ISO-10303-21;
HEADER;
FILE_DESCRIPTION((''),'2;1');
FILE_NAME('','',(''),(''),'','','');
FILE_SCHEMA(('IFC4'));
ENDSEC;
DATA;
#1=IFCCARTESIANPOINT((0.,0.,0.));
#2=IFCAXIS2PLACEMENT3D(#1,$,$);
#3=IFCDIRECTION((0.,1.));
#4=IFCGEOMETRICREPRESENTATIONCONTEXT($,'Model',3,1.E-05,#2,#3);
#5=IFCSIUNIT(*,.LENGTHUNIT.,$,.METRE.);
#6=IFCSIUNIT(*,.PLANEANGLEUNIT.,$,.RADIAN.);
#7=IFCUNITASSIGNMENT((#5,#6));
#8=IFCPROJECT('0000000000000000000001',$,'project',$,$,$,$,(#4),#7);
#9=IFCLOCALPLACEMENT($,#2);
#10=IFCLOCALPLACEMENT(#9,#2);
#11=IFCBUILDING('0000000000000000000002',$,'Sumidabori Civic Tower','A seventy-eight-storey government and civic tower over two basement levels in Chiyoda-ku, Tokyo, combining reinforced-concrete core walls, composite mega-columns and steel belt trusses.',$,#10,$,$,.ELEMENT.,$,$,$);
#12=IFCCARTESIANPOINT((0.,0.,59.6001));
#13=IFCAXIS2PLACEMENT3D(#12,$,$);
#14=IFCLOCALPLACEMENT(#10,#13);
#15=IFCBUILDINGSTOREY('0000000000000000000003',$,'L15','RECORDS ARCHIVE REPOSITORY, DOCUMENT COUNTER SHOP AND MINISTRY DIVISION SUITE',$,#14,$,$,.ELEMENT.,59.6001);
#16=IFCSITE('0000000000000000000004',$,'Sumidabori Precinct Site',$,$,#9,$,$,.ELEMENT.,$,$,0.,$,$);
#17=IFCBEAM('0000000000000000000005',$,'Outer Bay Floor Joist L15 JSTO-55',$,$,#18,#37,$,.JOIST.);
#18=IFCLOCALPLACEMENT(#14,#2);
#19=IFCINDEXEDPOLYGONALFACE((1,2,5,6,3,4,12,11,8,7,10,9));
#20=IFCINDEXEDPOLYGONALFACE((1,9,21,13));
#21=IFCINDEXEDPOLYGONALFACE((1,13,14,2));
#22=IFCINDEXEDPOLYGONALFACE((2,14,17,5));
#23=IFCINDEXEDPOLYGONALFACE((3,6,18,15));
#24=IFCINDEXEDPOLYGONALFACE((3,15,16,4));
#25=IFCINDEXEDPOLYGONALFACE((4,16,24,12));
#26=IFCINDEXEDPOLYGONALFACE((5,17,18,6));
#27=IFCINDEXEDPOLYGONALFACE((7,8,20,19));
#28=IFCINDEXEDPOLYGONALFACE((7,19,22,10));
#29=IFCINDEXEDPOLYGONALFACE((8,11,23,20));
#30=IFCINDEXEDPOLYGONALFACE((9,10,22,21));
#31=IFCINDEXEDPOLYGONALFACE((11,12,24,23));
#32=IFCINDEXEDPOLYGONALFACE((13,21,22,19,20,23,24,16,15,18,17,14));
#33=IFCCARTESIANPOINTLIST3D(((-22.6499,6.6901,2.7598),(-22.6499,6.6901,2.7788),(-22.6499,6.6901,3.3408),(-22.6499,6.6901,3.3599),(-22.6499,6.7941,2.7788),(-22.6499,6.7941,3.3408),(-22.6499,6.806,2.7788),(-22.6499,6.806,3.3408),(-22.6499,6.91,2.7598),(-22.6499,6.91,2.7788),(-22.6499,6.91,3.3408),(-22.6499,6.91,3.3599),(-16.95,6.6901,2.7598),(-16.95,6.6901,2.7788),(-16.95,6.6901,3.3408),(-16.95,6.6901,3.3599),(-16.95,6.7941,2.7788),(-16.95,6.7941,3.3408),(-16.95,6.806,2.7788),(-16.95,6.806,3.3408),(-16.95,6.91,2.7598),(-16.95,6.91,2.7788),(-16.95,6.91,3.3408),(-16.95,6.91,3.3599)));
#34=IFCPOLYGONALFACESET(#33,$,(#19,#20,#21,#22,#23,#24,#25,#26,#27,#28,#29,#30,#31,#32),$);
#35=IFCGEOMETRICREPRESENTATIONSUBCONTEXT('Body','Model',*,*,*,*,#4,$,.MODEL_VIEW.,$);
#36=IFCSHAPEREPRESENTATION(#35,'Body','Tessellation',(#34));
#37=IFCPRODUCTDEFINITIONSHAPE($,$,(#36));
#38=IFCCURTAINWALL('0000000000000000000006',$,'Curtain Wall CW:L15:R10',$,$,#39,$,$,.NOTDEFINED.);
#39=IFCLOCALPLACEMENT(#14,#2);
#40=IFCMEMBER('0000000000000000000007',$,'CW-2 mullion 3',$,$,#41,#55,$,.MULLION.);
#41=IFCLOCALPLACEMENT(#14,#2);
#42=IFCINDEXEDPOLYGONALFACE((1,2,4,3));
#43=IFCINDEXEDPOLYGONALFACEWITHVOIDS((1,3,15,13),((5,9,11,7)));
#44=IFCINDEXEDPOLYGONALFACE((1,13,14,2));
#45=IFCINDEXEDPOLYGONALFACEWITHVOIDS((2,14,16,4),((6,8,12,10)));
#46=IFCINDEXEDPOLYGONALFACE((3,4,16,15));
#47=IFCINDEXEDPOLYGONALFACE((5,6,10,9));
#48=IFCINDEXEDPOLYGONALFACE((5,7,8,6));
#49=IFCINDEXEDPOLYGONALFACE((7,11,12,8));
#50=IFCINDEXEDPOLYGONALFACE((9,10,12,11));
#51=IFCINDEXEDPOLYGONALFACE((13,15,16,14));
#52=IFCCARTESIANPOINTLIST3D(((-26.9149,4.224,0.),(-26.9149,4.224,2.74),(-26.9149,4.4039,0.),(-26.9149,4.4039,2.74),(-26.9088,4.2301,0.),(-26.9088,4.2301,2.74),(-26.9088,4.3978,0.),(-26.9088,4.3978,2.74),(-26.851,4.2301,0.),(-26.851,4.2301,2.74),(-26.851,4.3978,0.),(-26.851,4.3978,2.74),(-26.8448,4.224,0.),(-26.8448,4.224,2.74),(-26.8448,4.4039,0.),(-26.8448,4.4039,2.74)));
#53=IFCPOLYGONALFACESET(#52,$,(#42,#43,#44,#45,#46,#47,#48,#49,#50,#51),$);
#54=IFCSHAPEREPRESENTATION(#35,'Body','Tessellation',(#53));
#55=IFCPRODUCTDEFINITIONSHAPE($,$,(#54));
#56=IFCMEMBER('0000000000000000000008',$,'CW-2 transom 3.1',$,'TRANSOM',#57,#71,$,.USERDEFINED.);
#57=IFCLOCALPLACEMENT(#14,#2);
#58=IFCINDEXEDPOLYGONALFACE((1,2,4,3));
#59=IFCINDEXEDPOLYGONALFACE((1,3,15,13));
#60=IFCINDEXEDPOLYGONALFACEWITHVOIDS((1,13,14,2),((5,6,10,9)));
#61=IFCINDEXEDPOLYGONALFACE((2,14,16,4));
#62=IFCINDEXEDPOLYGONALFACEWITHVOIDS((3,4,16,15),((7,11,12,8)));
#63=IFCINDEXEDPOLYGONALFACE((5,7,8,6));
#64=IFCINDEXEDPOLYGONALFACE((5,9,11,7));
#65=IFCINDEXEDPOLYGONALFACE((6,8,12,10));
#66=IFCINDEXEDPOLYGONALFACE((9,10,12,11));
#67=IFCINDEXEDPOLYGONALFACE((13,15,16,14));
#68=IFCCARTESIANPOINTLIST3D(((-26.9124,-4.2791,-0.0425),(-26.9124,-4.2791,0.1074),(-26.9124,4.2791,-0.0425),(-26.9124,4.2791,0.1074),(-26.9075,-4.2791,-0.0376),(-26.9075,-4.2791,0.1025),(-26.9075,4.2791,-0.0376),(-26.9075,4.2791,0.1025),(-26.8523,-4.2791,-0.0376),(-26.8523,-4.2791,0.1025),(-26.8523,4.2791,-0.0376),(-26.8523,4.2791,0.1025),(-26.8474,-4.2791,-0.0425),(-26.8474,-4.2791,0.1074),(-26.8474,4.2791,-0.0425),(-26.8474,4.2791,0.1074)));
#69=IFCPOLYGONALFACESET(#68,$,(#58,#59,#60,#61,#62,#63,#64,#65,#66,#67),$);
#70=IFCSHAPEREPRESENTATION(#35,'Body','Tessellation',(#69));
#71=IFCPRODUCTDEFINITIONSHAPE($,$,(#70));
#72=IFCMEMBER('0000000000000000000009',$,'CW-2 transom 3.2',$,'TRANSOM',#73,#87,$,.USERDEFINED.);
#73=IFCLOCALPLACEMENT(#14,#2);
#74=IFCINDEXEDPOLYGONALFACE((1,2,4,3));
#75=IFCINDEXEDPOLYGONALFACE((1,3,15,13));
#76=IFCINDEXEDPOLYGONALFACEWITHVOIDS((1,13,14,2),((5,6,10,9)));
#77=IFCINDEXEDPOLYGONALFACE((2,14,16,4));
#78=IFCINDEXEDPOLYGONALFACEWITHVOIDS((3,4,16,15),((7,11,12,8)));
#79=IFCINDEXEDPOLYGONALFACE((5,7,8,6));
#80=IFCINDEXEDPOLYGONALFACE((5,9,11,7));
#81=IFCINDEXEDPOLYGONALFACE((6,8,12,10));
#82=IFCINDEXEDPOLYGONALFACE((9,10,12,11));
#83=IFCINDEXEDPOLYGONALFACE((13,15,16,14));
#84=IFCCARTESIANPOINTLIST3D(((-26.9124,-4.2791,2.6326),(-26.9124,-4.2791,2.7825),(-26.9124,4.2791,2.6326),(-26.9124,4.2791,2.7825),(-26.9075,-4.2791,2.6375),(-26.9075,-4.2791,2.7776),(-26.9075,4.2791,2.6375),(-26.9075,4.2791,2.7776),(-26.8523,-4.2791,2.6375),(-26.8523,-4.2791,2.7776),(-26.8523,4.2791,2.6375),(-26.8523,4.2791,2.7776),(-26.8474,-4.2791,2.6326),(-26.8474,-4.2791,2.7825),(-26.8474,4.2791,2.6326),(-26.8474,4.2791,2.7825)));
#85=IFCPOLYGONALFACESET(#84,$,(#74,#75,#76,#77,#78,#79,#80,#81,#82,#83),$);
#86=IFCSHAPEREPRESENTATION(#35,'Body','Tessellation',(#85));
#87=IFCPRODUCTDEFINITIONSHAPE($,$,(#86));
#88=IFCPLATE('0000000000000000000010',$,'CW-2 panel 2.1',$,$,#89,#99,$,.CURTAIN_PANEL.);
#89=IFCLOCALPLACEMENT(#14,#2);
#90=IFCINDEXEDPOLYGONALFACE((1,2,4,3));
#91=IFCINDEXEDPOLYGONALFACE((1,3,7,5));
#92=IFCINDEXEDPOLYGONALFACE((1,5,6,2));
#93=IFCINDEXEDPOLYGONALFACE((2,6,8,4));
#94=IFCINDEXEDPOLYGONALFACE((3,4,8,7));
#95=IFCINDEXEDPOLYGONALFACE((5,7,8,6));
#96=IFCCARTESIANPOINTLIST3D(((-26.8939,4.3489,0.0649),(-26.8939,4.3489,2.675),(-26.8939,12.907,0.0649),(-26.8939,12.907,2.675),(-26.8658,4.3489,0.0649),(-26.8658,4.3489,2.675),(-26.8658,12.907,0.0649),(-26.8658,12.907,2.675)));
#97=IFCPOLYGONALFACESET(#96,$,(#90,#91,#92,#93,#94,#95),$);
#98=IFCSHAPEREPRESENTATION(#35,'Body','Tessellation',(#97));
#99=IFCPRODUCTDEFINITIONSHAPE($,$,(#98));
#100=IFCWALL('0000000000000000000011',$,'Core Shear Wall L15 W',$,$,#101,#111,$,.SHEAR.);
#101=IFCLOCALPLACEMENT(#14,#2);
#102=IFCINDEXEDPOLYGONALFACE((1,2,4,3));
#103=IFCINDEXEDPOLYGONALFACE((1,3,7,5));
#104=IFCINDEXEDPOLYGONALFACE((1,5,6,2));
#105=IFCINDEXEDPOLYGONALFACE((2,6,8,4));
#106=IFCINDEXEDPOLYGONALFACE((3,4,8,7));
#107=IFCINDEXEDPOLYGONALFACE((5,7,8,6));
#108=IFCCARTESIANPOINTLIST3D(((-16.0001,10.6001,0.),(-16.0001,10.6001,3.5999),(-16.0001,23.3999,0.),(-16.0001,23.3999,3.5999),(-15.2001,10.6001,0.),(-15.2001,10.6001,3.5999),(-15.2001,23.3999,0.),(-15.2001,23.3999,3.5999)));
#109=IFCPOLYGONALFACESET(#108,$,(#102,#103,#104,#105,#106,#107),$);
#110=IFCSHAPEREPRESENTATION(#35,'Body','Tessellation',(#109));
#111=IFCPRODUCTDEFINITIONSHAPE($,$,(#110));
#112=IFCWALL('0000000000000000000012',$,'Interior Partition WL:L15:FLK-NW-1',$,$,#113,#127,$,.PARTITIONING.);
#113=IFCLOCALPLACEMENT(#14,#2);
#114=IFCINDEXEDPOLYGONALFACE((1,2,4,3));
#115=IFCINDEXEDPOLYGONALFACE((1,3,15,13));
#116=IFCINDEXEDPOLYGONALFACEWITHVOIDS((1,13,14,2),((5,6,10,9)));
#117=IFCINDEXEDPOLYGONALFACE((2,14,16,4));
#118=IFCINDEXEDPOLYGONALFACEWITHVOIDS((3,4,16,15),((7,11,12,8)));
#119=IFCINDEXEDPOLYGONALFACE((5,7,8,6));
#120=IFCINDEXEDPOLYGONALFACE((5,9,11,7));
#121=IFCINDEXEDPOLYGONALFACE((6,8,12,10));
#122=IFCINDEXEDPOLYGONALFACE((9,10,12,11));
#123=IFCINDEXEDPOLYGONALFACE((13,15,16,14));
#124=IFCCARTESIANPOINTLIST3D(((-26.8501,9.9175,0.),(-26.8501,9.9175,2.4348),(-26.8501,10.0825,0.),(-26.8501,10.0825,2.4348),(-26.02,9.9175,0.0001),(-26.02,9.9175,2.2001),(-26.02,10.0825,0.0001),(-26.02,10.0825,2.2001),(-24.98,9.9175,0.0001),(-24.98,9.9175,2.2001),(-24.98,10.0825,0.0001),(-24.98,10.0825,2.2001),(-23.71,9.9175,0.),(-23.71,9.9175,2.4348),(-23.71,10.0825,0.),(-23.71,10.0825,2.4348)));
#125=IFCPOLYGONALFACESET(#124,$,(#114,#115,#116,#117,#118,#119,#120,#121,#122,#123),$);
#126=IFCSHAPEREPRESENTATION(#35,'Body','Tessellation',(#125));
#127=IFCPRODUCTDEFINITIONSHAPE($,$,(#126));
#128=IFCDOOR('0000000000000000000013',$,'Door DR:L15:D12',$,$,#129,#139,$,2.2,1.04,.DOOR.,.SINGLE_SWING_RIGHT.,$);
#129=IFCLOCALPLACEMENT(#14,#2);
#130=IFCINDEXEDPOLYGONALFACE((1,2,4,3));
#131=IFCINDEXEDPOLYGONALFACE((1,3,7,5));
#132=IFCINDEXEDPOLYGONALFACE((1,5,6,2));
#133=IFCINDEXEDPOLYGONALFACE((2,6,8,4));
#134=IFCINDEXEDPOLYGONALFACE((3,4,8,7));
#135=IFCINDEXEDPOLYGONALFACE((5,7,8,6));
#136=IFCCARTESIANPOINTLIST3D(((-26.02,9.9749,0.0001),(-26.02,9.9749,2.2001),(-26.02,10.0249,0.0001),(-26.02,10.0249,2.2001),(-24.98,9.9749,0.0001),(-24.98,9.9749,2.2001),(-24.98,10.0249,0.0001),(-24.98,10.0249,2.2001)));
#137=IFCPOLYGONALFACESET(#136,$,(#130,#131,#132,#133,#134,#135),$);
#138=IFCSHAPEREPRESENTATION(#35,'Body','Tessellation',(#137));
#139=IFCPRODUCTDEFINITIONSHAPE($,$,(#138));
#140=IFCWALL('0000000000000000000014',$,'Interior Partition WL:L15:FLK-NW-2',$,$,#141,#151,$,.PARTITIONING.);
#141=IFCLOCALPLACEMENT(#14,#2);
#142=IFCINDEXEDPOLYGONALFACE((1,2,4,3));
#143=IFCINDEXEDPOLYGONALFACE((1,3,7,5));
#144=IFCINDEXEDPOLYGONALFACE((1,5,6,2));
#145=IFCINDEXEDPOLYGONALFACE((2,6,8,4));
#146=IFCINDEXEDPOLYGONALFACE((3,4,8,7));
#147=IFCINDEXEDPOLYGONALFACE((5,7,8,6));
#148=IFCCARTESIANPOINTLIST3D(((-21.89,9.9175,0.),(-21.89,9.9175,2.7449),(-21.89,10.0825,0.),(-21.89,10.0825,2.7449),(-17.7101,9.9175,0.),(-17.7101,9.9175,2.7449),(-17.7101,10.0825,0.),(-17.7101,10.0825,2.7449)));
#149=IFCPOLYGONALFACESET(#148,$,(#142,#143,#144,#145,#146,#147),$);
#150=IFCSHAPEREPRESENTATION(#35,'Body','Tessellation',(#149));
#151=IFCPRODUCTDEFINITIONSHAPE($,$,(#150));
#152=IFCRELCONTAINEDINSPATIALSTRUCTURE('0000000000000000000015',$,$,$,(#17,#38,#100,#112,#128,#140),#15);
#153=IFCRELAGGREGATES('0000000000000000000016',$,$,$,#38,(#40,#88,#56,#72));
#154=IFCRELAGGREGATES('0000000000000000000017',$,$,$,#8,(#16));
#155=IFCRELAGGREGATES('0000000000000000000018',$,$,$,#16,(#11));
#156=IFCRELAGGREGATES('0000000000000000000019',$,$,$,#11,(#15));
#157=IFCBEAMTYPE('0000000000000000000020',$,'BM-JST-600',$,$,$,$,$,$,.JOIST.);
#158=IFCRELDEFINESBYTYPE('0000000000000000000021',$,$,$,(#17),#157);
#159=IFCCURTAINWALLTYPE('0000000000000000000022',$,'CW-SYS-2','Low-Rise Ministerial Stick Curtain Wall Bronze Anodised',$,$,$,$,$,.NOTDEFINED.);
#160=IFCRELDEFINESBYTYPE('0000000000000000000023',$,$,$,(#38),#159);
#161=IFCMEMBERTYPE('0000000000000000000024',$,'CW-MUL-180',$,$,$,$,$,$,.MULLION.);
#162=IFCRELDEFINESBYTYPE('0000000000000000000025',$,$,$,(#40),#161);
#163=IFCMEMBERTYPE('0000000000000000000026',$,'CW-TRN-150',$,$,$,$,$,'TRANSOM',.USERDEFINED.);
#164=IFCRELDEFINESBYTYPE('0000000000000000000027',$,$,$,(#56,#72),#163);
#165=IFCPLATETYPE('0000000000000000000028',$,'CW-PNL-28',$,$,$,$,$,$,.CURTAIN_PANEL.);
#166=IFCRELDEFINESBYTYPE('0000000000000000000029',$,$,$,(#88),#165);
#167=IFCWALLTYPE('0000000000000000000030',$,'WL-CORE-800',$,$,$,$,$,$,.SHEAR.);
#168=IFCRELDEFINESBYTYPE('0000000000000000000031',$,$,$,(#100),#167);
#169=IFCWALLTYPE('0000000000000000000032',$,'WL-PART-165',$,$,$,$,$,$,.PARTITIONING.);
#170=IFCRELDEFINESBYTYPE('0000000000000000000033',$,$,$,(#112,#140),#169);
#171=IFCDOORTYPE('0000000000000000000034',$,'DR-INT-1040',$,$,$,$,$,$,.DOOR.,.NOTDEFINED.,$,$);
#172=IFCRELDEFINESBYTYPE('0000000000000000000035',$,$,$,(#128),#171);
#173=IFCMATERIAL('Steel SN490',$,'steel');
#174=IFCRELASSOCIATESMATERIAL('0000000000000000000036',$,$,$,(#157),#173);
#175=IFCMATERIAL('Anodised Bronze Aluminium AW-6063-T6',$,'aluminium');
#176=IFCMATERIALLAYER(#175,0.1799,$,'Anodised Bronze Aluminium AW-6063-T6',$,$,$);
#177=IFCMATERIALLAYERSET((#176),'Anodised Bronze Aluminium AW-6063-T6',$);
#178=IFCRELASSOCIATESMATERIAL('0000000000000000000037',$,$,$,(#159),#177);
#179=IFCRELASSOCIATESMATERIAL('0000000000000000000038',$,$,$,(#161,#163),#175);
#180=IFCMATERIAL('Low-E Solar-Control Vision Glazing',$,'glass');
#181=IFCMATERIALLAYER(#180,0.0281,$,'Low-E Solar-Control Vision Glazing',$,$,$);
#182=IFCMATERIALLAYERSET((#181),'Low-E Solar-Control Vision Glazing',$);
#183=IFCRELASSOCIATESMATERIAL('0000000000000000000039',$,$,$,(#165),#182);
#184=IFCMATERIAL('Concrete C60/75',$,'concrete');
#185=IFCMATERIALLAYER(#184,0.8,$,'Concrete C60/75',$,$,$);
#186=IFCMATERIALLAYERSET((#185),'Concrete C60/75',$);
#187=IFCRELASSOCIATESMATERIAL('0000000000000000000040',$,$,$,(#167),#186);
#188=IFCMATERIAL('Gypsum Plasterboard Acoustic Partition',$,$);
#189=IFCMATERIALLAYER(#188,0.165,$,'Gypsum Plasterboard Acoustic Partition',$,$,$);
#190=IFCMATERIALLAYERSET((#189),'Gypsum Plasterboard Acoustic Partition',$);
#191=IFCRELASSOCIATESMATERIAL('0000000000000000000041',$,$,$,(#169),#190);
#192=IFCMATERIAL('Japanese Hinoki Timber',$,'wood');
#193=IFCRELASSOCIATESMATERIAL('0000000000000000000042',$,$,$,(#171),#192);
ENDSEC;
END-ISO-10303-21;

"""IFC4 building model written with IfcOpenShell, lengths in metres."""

from ifc_helpers import new_model, si_unit, direction, frame, frame_2d, origin, origin_2d, place, context, subcontext, project, spatial, rectangle, hollow_rectangle, i_section, extrude, source, transform, mapped, material, layer, layer_set, material_profile, profile_set, type_object, element, fill, aggregate, save


model = new_model("IFC4")

# Units and contexts
model_context = context("Model", 3, precision=1e-05, world=origin(), true_north=direction((0.0, 1.0)))
body_context = subcontext(model_context, "Body", "Model", "MODEL_VIEW")
ifc_project = project(units=[si_unit("LENGTHUNIT", "METRE"), si_unit("PLANEANGLEUNIT", "RADIAN")], contexts=[model_context])

# Site, building, storey
site_placement = place(None, origin())
site = spatial("IfcSite", under=ifc_project, at=site_placement, Name="Sumidabori Precinct Site", CompositionType="ELEMENT", RefElevation=0.0)
building_placement = place(site_placement, origin())
building = spatial("IfcBuilding", under=site, at=building_placement, Name="Sumidabori Civic Tower", Description="A seventy-eight-storey government and civic tower over two basement levels in Chiyoda-ku, Tokyo, combining reinforced-concrete core walls, composite mega-columns and steel belt trusses.", CompositionType="ELEMENT")
storey_placement = place(building_placement, frame((0.0, 0.0, 59.6001)))
storey = spatial("IfcBuildingStorey", under=building, at=storey_placement, Name="L15", Description="RECORDS ARCHIVE REPOSITORY, DOCUMENT COUNTER SHOP AND MINISTRY DIVISION SUITE", CompositionType="ELEMENT", Elevation=59.6001)

# Shared definitions
ifc_material_1 = material(Name="Concrete C60/75", Category="concrete")

# Beam
ifc_material_2 = material(Name="Steel SN490", Category="steel")
ifc_material_profile_1 = material_profile(ifc_material_2, i_section(OverallWidth=0.22, OverallDepth=0.6001, WebThickness=0.012, FlangeThickness=0.019, at=origin_2d()), Name="IPE 600")
ifc_profile_set_1 = profile_set([ifc_material_profile_1], Name="Steel SN490")
beam_type_1 = type_object("IfcBeamType", Name="BM-JST-600", PredefinedType="JOIST", material=ifc_profile_set_1)
shared_shape_1 = source(origin(), body_context, "Body", "SweptSolid", [
    extrude(i_section(OverallWidth=0.22, OverallDepth=0.6001, WebThickness=0.012, FlangeThickness=0.019, at=origin_2d()), origin(), (0.0, 0.0, 1.0), 5.7),
])
for number, where, z_axis, x_axis, name in (
    (1, (-22.6499, 6.8, 3.0598), (1.0, 0.0, 0.0), (0.0, 1.0, 0.0), "Outer Bay Floor Joist L15 JSTO-55"),
):
    element("IfcBeam", number, at=place(storey_placement, frame(where, z_axis=z_axis, x_axis=x_axis)), inside=storey, type_object=beam_type_1, Name=name, PredefinedType="JOIST", context=body_context, shape_type="MappedRepresentation", body=[
        mapped(shared_shape_1, transform((0.0, 0.0, 0.0), x_axis=(1.0, 0.0, 0.0), y_axis=(0.0, 1.0, 0.0), z_axis=(0.0, 0.0, 1.0), scale=1.0)),
    ])

# Curtain wall, members, plate
ifc_material_3 = material(Name="Anodised Bronze Aluminium AW-6063-T6", Category="aluminium")
ifc_layer_1 = layer(ifc_material_3, 0.1799, Name="Anodised Bronze Aluminium AW-6063-T6")
ifc_layer_set_1 = layer_set([ifc_layer_1], Name="Anodised Bronze Aluminium AW-6063-T6")
curtain_wall_type = type_object("IfcCurtainWallType", Name="CW-SYS-2", Description="Low-Rise Ministerial Stick Curtain Wall Bronze Anodised", PredefinedType="NOTDEFINED", material=ifc_layer_set_1)
curtain_wall_placement = place(storey_placement, origin())
curtain_wall = element("IfcCurtainWall", 2, at=curtain_wall_placement, inside=storey, type_object=curtain_wall_type, Name="Curtain Wall CW:L15:R10", PredefinedType="NOTDEFINED")
ifc_material_profile_2 = material_profile(ifc_material_3, hollow_rectangle(XDim=0.0701, YDim=0.1799, WallThickness=0.0061, at=origin_2d()), Name="ALU MULLION 180x70")
ifc_profile_set_2 = profile_set([ifc_material_profile_2], Name="Anodised Bronze Aluminium AW-6063-T6")
member_type_1 = type_object("IfcMemberType", Name="CW-MUL-180", PredefinedType="MULLION", material=ifc_profile_set_2)
shared_shape_2 = source(origin(), body_context, "Body", "SweptSolid", [
    extrude(hollow_rectangle(XDim=0.0701, YDim=0.1799, WallThickness=0.0061, at=origin_2d()), origin(), (0.0, 0.0, 1.0), 2.74),
])
member_1_placement = place(storey_placement, frame((-26.8799, 4.314, 0.0), z_axis=(0.0, 0.0, 1.0), x_axis=(1.0, 0.0, 0.0)))
member_1 = element("IfcMember", 3, at=member_1_placement, type_object=member_type_1, Name="CW-2 mullion 3", PredefinedType="MULLION", context=body_context, shape_type="MappedRepresentation", body=[
    mapped(shared_shape_2, transform((0.0, 0.0, 0.0), x_axis=(1.0, 0.0, 0.0), y_axis=(0.0, 1.0, 0.0), z_axis=(0.0, 0.0, 1.0), scale=1.0)),
])
ifc_material_profile_3 = material_profile(ifc_material_3, hollow_rectangle(XDim=0.0649, YDim=0.1499, WallThickness=0.0049, at=origin_2d()), Name="ALU TRANSOM 150x65")
ifc_profile_set_3 = profile_set([ifc_material_profile_3], Name="Anodised Bronze Aluminium AW-6063-T6")
member_type_2 = type_object("IfcMemberType", Name="CW-TRN-150", ElementType="TRANSOM", PredefinedType="USERDEFINED", material=ifc_profile_set_3)
shared_shape_3 = source(origin(), body_context, "Body", "SweptSolid", [
    extrude(hollow_rectangle(XDim=0.0649, YDim=0.1499, WallThickness=0.0049, at=origin_2d()), origin(), (0.0, 0.0, 1.0), 8.5581),
])
member_2_placement = place(storey_placement, frame((-26.8799, 4.2791, 0.0325), z_axis=(0.0, -1.0, 0.0), x_axis=(1.0, 0.0, 0.0)))
member_2 = element("IfcMember", 4, at=member_2_placement, type_object=member_type_2, Name="CW-2 transom 3.1", ObjectType="TRANSOM", PredefinedType="USERDEFINED", context=body_context, shape_type="MappedRepresentation", body=[
    mapped(shared_shape_3, transform((0.0, 0.0, 0.0), x_axis=(1.0, 0.0, 0.0), y_axis=(0.0, 1.0, 0.0), z_axis=(0.0, 0.0, 1.0), scale=1.0)),
])
member_3_placement = place(storey_placement, frame((-26.8799, 4.2791, 2.7075), z_axis=(0.0, -1.0, 0.0), x_axis=(1.0, 0.0, 0.0)))
member_3 = element("IfcMember", 5, at=member_3_placement, type_object=member_type_2, Name="CW-2 transom 3.2", ObjectType="TRANSOM", PredefinedType="USERDEFINED", context=body_context, shape_type="MappedRepresentation", body=[
    mapped(shared_shape_3, transform((0.0, 0.0, 0.0), x_axis=(1.0, 0.0, 0.0), y_axis=(0.0, 1.0, 0.0), z_axis=(0.0, 0.0, 1.0), scale=1.0)),
])
ifc_material_4 = material(Name="Low-E Solar-Control Vision Glazing", Category="glass")
ifc_layer_2 = layer(ifc_material_4, 0.0281, Name="Low-E Solar-Control Vision Glazing")
ifc_layer_set_2 = layer_set([ifc_layer_2], Name="Low-E Solar-Control Vision Glazing")
plate_type = type_object("IfcPlateType", Name="CW-PNL-28", PredefinedType="CURTAIN_PANEL", material=ifc_layer_set_2)
shared_shape_4 = source(origin(), body_context, "Body", "SweptSolid", [
    extrude(rectangle(XDim=8.5581, YDim=0.0281, at=origin_2d()), origin(), (0.0, 0.0, 1.0), 2.6101),
])
plate_placement = place(storey_placement, frame((-26.8799, 8.6279, 0.0649), z_axis=(0.0, 0.0, 1.0), x_axis=(0.0, -1.0, 0.0)))
plate = element("IfcPlate", 6, at=plate_placement, type_object=plate_type, Name="CW-2 panel 2.1", PredefinedType="CURTAIN_PANEL", context=body_context, shape_type="MappedRepresentation", body=[
    mapped(shared_shape_4, transform((0.0, 0.0, 0.0), x_axis=(1.0, 0.0, 0.0), y_axis=(0.0, 1.0, 0.0), z_axis=(0.0, 0.0, 1.0), scale=1.0)),
])
aggregate(curtain_wall, [member_1, plate, member_2, member_3])

# Shared definitions
ifc_layer_3 = layer(ifc_material_1, 0.8, Name="Concrete C60/75")
ifc_layer_set_3 = layer_set([ifc_layer_3], Name="Concrete C60/75")
wall_type_1 = type_object("IfcWallType", Name="WL-CORE-800", PredefinedType="SHEAR", material=ifc_layer_set_3)

# Wall
shared_shape_5 = source(origin(), body_context, "Body", "SweptSolid", [
    extrude(rectangle(XDim=12.7998, YDim=0.8, at=frame_2d((6.3999, 0.0))), origin(), (0.0, 0.0, 1.0), 3.5999),
])
wall_1_placement = place(storey_placement, frame((-15.6001, 10.6001, 0.0), z_axis=(0.0, 0.0, 1.0), x_axis=(0.0, 1.0, 0.0)))
element("IfcWall", 7, at=wall_1_placement, inside=storey, type_object=wall_type_1, Name="Core Shear Wall L15 W", PredefinedType="SHEAR", context=body_context, shape_type="MappedRepresentation", body=[
    mapped(shared_shape_5, transform((0.0, 0.0, 0.0), x_axis=(1.0, 0.0, 0.0), y_axis=(0.0, 1.0, 0.0), z_axis=(0.0, 0.0, 1.0), scale=1.0)),
])

# Wall, opening, door
ifc_material_5 = material(Name="Gypsum Plasterboard Acoustic Partition")
ifc_layer_4 = layer(ifc_material_5, 0.165, Name="Gypsum Plasterboard Acoustic Partition")
ifc_layer_set_4 = layer_set([ifc_layer_4], Name="Gypsum Plasterboard Acoustic Partition")
wall_type_2 = type_object("IfcWallType", Name="WL-PART-165", PredefinedType="PARTITIONING", material=ifc_layer_set_4)
shared_shape_6 = source(origin(), body_context, "Body", "SweptSolid", [
    extrude(rectangle(XDim=3.1401, YDim=0.165, at=frame_2d((1.5701, 0.0))), origin(), (0.0, 0.0, 1.0), 2.4348),
])
wall_2_placement = place(storey_placement, frame((-26.8501, 10.0, 0.0), z_axis=(0.0, 0.0, 1.0), x_axis=(1.0, 0.0, 0.0)))
wall_2 = element("IfcWall", 8, at=wall_2_placement, inside=storey, type_object=wall_type_2, Name="Interior Partition WL:L15:FLK-NW-1", PredefinedType="PARTITIONING", context=body_context, shape_type="MappedRepresentation", body=[
    mapped(shared_shape_6, transform((0.0, 0.0, 0.0), x_axis=(1.0, 0.0, 0.0), y_axis=(0.0, 1.0, 0.0), z_axis=(0.0, 0.0, 1.0), scale=1.0)),
])
opening_1_placement = place(wall_2_placement, frame((0.8301, 0.0, 0.0)))
opening_1 = element("IfcOpeningElement", 9, at=opening_1_placement, cuts=wall_2, PredefinedType="OPENING", context=body_context, shape_type="SweptSolid", body=[
    extrude(rectangle(XDim=1.04, YDim=2.2, at=frame_2d((0.52, 1.1001))), frame((0.0, 0.0945, 0.0), z_axis=(0.0, -1.0, 0.0), x_axis=(1.0, 0.0, 0.0)), (0.0, 0.0, 1.0), 0.189),
])
ifc_material_6 = material(Name="Japanese Hinoki Timber", Category="wood")
door_type_1 = type_object("IfcDoorType", Name="DR-INT-1040", OperationType="NOTDEFINED", PredefinedType="DOOR", material=ifc_material_6)
shared_shape_7 = source(origin(), body_context, "Body", "SweptSolid", [
    extrude(rectangle(XDim=1.04, YDim=2.2, at=frame_2d((0.52, 1.1001))), frame((0.0, 0.0249, 0.0), z_axis=(0.0, -1.0, 0.0), x_axis=(1.0, 0.0, 0.0)), (0.0, 0.0, 1.0), 0.05),
])
door_1_placement = place(opening_1_placement, origin())
door_1 = element("IfcDoor", 10, at=door_1_placement, inside=storey, type_object=door_type_1, Name="Door DR:L15:D12", OperationType="SINGLE_SWING_RIGHT", OverallHeight=2.2, OverallWidth=1.04, PredefinedType="DOOR", context=body_context, shape_type="MappedRepresentation", body=[
    mapped(shared_shape_7, transform((0.0, 0.0, 0.0), x_axis=(1.0, 0.0, 0.0), y_axis=(0.0, 1.0, 0.0), z_axis=(0.0, 0.0, 1.0), scale=1.0)),
])
fill(opening_1, door_1)

# Wall
shared_shape_8 = source(origin(), body_context, "Body", "SweptSolid", [
    extrude(rectangle(XDim=4.1799, YDim=0.165, at=frame_2d((2.0898, 0.0))), origin(), (0.0, 0.0, 1.0), 2.7449),
])
wall_3_placement = place(storey_placement, frame((-21.8899, 10.0, 0.0), z_axis=(0.0, 0.0, 1.0), x_axis=(1.0, 0.0, 0.0)))
element("IfcWall", 11, at=wall_3_placement, inside=storey, type_object=wall_type_2, Name="Interior Partition WL:L15:FLK-NW-2", PredefinedType="PARTITIONING", context=body_context, shape_type="MappedRepresentation", body=[
    mapped(shared_shape_8, transform((0.0, 0.0, 0.0), x_axis=(1.0, 0.0, 0.0), y_axis=(0.0, 1.0, 0.0), z_axis=(0.0, 0.0, 1.0), scale=1.0)),
])

save(model, "model.ifc")
